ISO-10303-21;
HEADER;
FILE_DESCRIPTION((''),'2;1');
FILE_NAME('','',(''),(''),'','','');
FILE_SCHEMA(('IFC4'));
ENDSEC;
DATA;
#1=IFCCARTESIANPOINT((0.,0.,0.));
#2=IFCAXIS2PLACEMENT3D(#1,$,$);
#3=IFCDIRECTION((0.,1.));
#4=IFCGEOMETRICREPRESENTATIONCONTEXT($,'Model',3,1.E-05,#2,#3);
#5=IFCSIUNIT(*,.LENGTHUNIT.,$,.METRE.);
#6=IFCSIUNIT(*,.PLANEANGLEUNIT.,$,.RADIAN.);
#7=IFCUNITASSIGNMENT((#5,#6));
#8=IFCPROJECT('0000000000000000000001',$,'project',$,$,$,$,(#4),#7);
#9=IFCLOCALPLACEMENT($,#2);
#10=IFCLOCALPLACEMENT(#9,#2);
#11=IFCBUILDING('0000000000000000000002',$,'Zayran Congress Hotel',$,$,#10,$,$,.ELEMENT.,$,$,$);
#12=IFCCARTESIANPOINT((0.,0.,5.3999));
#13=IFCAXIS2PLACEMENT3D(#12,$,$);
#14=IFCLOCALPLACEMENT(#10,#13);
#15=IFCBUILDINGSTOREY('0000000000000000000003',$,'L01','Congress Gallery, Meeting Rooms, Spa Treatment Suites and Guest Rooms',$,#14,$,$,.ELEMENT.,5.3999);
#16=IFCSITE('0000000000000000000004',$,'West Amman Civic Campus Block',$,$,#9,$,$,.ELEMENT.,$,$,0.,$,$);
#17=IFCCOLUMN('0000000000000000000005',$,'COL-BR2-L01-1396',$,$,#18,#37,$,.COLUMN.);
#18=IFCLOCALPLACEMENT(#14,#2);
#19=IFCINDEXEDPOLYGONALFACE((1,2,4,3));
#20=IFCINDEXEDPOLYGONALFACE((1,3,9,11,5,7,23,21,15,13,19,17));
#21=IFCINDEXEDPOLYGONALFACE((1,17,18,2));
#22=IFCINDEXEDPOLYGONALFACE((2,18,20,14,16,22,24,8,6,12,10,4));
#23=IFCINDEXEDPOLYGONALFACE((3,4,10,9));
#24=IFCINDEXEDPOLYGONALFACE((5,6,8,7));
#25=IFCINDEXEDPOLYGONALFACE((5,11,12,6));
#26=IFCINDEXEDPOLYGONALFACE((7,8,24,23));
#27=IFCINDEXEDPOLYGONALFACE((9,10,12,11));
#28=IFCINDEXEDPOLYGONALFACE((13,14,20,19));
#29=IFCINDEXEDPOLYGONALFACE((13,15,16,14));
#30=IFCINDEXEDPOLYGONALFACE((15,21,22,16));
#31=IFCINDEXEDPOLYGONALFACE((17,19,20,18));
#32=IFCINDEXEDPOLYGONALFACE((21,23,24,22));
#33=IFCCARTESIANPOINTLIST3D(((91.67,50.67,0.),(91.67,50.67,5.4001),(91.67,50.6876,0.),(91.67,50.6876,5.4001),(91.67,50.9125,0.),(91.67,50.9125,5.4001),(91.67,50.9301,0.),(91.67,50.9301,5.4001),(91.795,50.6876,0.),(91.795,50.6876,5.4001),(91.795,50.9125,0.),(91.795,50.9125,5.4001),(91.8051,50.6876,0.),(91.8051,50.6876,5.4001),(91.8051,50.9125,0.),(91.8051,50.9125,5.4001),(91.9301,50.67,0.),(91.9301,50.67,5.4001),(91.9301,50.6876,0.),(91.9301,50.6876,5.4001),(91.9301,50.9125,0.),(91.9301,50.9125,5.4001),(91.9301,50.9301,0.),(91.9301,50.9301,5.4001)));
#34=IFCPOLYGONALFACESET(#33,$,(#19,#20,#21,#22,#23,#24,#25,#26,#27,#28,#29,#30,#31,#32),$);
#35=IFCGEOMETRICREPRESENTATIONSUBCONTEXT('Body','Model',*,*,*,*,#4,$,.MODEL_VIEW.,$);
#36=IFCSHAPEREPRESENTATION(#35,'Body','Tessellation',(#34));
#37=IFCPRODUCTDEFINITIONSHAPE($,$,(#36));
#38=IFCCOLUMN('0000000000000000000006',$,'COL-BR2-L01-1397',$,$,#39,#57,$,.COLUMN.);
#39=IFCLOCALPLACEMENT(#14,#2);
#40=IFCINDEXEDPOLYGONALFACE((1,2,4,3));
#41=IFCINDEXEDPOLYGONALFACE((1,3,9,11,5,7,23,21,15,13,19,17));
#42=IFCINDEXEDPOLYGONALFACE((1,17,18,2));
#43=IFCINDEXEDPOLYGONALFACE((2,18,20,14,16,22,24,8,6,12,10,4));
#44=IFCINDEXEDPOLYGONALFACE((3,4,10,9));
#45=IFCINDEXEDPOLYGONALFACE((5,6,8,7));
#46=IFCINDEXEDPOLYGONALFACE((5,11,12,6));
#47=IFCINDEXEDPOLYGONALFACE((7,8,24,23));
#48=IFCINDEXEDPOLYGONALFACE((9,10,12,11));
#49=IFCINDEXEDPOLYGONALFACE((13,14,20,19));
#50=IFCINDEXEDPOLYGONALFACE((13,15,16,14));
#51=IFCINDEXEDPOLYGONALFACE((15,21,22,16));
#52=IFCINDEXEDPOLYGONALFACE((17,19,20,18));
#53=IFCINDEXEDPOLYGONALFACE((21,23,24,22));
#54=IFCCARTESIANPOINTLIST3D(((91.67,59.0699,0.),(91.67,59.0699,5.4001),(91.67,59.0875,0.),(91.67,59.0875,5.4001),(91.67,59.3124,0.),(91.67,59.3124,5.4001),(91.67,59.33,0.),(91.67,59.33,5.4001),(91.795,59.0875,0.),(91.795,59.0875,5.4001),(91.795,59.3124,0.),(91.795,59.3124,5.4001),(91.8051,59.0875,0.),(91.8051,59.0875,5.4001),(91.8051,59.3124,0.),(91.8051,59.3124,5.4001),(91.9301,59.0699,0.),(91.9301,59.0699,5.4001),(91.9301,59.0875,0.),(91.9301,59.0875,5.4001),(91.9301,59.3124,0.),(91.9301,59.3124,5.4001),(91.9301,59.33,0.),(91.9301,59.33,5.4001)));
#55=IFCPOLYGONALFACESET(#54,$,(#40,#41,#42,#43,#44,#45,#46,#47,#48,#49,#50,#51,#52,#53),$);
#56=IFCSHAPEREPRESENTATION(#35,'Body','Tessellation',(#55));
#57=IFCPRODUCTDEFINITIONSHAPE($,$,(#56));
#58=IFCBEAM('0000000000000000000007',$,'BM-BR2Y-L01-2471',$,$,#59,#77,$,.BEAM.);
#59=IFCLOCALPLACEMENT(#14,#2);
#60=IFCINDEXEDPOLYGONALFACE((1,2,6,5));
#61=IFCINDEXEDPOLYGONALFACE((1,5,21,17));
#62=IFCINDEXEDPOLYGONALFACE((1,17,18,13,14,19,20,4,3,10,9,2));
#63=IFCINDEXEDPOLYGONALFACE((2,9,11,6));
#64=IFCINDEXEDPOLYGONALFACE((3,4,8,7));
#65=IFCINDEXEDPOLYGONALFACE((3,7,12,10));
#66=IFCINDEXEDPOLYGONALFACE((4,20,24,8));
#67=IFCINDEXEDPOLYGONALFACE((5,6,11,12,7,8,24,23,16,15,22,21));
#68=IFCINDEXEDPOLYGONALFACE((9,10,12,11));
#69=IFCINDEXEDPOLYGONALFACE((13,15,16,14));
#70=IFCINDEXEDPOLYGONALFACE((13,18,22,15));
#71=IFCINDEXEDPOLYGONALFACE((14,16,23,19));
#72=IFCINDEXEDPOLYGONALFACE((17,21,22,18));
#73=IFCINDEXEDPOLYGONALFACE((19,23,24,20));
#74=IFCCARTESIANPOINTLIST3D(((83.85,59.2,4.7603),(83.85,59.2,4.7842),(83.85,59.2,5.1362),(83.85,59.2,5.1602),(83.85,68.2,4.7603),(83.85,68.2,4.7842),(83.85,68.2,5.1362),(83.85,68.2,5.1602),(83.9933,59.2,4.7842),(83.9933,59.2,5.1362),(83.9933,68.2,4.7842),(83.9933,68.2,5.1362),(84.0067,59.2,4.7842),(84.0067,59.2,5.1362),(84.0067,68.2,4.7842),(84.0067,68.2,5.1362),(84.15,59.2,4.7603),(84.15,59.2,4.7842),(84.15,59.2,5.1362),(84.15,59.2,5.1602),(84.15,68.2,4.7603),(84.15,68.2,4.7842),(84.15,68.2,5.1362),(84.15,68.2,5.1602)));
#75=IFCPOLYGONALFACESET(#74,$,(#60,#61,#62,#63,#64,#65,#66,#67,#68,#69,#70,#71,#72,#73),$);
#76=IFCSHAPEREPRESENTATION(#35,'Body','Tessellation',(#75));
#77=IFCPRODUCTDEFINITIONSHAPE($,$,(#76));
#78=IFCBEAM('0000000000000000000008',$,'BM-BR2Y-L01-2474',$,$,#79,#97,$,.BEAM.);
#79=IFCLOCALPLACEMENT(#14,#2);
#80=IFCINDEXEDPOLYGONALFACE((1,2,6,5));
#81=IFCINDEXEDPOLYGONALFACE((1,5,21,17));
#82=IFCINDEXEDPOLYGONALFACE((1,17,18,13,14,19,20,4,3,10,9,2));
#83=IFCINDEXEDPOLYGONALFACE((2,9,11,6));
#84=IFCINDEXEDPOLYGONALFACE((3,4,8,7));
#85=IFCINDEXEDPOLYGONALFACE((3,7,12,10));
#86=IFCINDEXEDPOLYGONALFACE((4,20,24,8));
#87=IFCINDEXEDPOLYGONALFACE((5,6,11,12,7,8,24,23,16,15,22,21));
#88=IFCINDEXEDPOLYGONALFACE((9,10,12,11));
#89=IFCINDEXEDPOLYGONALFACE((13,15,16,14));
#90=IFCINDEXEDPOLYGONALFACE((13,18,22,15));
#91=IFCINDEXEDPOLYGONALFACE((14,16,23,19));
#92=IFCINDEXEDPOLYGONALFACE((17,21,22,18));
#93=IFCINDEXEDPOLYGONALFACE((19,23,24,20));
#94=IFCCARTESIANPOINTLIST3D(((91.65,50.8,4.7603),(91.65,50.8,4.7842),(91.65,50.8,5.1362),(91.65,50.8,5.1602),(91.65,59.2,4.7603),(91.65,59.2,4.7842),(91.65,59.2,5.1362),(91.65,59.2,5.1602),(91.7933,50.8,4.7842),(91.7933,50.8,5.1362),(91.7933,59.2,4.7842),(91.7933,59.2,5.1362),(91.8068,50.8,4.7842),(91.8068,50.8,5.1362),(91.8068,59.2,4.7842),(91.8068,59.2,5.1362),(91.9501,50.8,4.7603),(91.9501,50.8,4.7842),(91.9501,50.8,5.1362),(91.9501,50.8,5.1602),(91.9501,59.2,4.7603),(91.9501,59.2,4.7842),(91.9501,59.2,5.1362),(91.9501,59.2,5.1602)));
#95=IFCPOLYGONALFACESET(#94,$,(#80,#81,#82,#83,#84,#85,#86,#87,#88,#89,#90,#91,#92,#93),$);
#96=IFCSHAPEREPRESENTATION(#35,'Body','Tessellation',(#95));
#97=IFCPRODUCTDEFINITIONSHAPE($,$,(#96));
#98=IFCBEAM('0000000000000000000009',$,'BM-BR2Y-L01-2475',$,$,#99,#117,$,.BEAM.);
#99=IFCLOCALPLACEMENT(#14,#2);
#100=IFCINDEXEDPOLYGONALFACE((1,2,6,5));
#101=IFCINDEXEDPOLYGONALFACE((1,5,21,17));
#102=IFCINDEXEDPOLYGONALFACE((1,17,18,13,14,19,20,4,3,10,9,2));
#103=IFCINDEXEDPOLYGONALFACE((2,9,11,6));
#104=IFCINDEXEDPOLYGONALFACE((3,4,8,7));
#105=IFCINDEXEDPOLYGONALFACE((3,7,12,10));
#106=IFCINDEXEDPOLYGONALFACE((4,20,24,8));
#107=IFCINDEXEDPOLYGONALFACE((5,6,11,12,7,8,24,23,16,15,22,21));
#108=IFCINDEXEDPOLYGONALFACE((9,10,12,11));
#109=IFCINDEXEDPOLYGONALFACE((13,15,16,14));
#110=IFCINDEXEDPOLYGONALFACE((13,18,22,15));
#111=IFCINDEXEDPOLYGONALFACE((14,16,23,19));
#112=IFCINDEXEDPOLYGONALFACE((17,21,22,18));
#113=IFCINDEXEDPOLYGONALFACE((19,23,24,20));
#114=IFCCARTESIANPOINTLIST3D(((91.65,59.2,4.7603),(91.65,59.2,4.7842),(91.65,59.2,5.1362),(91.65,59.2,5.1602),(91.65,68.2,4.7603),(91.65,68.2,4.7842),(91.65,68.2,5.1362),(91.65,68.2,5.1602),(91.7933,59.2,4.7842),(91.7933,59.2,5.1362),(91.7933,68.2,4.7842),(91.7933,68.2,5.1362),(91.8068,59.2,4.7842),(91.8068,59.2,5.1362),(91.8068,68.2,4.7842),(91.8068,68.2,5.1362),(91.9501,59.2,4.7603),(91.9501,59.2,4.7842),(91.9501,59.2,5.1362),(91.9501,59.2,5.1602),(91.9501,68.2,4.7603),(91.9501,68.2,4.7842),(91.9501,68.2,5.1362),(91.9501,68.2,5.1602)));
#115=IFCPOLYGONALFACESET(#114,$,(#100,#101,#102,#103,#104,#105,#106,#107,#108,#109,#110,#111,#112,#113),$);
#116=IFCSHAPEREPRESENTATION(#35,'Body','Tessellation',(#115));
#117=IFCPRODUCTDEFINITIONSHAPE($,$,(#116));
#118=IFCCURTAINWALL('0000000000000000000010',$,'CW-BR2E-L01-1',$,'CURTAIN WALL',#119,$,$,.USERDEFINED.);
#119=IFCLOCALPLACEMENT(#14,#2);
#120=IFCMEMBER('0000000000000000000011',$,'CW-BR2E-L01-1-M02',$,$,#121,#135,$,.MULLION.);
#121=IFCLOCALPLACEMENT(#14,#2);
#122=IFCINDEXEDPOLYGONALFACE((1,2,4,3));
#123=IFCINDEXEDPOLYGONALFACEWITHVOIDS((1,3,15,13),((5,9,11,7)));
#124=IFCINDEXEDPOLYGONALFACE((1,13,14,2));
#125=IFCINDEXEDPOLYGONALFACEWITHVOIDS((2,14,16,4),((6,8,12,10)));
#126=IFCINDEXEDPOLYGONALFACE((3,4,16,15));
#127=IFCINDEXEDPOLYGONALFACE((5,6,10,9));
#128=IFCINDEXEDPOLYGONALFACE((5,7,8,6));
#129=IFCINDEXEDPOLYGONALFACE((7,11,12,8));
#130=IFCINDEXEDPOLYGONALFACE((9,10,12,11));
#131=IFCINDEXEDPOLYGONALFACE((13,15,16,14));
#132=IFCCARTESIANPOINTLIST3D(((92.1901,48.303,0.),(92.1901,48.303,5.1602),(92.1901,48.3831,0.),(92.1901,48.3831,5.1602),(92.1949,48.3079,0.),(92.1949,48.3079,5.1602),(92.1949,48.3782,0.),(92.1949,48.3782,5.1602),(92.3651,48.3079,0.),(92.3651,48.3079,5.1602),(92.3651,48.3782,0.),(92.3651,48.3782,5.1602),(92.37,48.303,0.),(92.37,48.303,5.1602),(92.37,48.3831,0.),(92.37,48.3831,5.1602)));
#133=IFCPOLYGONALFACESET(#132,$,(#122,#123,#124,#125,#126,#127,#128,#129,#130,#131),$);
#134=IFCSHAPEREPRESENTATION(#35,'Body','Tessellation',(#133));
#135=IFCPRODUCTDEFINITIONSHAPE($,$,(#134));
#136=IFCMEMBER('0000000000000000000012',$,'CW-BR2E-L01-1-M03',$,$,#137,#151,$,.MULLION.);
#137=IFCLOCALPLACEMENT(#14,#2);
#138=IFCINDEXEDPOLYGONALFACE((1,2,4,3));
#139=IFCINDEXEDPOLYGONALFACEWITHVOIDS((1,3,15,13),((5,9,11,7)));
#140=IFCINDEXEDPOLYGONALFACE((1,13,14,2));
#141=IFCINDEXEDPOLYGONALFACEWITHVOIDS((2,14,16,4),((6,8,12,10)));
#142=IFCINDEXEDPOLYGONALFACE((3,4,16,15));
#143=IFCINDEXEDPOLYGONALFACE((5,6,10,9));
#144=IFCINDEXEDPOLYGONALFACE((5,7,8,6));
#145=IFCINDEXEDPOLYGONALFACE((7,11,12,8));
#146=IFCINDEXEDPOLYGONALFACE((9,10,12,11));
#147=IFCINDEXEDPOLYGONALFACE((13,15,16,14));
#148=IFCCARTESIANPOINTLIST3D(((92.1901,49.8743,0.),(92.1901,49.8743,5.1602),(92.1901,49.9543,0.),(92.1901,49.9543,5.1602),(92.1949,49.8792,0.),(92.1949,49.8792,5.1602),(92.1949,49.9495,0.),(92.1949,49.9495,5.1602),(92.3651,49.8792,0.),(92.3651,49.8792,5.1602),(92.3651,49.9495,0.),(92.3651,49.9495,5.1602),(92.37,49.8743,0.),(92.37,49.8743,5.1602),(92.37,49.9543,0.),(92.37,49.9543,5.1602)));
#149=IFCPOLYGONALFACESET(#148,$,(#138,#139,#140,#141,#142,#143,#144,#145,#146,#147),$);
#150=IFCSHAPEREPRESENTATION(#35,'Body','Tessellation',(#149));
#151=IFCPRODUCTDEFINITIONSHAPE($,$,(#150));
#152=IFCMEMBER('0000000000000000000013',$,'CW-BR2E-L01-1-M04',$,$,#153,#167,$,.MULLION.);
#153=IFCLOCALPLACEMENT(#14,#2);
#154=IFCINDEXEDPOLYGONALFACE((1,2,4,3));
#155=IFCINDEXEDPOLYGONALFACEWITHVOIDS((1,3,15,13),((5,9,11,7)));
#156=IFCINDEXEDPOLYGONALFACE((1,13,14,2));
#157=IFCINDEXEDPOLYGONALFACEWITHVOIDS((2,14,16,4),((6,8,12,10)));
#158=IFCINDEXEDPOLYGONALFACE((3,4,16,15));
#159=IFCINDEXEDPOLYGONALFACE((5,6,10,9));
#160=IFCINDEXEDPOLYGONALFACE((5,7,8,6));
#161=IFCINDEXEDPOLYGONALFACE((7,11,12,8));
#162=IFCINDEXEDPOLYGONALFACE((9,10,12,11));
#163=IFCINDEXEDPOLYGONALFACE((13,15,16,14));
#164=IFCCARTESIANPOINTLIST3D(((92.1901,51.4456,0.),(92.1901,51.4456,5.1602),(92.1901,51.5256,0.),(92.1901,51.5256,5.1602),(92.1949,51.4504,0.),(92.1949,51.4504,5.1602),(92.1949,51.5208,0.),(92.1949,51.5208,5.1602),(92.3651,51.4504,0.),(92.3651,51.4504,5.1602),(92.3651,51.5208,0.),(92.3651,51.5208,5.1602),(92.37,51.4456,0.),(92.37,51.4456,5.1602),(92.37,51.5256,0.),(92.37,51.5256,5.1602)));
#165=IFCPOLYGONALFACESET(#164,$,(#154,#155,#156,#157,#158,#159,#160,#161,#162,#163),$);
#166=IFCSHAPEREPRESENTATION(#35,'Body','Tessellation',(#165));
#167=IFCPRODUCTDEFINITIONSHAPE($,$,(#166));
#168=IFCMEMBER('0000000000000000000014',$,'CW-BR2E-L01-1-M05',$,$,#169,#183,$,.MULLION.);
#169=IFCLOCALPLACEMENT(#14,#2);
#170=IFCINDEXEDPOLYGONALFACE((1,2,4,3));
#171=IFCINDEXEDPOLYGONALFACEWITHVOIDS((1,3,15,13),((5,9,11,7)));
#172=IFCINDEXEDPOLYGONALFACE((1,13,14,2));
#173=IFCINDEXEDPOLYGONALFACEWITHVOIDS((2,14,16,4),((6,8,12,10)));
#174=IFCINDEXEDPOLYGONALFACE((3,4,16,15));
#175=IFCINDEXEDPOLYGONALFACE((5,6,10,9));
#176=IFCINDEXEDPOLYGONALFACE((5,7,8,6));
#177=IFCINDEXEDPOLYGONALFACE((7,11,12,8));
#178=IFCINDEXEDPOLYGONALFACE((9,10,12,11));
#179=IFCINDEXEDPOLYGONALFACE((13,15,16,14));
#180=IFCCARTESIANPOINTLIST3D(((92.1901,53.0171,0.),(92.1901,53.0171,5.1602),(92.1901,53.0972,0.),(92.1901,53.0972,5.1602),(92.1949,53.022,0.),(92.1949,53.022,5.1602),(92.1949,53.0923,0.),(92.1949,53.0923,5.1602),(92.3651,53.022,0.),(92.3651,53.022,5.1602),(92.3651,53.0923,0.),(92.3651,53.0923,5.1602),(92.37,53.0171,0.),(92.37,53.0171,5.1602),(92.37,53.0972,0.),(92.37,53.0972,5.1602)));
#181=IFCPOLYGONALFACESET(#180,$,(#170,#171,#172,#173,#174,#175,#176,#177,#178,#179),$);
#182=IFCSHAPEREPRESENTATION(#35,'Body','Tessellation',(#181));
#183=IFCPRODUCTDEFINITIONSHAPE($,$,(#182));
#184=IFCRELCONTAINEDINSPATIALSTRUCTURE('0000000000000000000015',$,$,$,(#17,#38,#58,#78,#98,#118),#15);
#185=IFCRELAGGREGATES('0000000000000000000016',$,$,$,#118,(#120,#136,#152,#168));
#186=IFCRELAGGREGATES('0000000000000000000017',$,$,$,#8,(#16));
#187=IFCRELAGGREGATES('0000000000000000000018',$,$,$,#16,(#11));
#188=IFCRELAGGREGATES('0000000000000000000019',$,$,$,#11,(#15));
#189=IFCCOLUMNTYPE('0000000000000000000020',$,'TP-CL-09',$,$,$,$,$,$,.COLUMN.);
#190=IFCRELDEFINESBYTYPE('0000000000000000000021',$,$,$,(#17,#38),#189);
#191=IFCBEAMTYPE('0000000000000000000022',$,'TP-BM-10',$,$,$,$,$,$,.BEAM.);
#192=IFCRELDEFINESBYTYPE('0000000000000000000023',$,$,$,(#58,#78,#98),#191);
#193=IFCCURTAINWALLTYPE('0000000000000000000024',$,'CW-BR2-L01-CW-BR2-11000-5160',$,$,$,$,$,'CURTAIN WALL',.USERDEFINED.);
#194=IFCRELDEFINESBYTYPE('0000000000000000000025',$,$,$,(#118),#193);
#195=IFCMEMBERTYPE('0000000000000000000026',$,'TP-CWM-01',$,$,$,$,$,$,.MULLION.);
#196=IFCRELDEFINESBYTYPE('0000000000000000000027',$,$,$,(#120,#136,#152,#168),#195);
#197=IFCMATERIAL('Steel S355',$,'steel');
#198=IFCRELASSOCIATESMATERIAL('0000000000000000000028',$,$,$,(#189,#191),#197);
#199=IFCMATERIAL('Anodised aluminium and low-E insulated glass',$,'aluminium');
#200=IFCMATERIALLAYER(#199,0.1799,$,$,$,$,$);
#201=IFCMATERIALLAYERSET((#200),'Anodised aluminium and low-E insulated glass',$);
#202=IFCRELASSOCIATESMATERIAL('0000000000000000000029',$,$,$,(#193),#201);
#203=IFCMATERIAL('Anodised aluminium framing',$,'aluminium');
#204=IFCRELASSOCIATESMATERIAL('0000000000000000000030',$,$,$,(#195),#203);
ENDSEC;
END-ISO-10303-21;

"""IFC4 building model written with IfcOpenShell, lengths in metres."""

from ifc_helpers import new_model, si_unit, direction, frame, origin, origin_2d, place, context, subcontext, project, spatial, hollow_rectangle, i_section, extrude, material, layer, layer_set, material_profile, profile_set, type_object, element, aggregate, save


model = new_model("IFC4")

# Units and contexts
model_context = context("Model", 3, precision=1e-05, world=origin(), true_north=direction((0.0, 1.0)))
body_context = subcontext(model_context, "Body", "Model", "MODEL_VIEW")
ifc_project = project(units=[si_unit("LENGTHUNIT", "METRE"), si_unit("PLANEANGLEUNIT", "RADIAN")], contexts=[model_context])

# Site, building, storey
site_placement = place(None, origin())
site = spatial("IfcSite", under=ifc_project, at=site_placement, Name="West Amman Civic Campus Block", CompositionType="ELEMENT", RefElevation=0.0)
building_placement = place(site_placement, origin())
building = spatial("IfcBuilding", under=site, at=building_placement, Name="Zayran Congress Hotel", CompositionType="ELEMENT")
storey_placement = place(building_placement, frame((0.0, 0.0, 5.3999)))
storey = spatial("IfcBuildingStorey", under=building, at=storey_placement, Name="L01", Description="Congress Gallery, Meeting Rooms, Spa Treatment Suites and Guest Rooms", CompositionType="ELEMENT", Elevation=5.3999)

# Columns
ifc_material_1 = material(Name="Steel S355", Category="steel")
ifc_material_profile_1 = material_profile(ifc_material_1, i_section(OverallWidth=0.26, OverallDepth=0.26, WebThickness=0.01, FlangeThickness=0.0176, at=origin_2d()), Name="HEB 260")
ifc_profile_set_1 = profile_set([ifc_material_profile_1], Name="Steel S355")
column_type = type_object("IfcColumnType", Name="TP-CL-09", PredefinedType="COLUMN", material=ifc_profile_set_1)
for number, where, z_axis, x_axis, name in (
    (1, (91.8, 50.8, 0.0), (0.0, 0.0, 1.0), (1.0, 0.0, 0.0), "COL-BR2-L01-1396"),
    (2, (91.8, 59.2, 0.0), (0.0, 0.0, 1.0), (1.0, 0.0, 0.0), "COL-BR2-L01-1397"),
):
    element("IfcColumn", number, at=place(storey_placement, frame(where, z_axis=z_axis, x_axis=x_axis)), inside=storey, type_object=column_type, Name=name, PredefinedType="COLUMN", context=body_context, shape_type="SweptSolid", body=[
        extrude(i_section(OverallWidth=0.26, OverallDepth=0.26, WebThickness=0.01, FlangeThickness=0.0176, at=origin_2d()), origin(), (0.0, 0.0, 1.0), 5.4001),
    ])

# Beams
ifc_material_profile_2 = material_profile(ifc_material_1, i_section(OverallWidth=0.3, OverallDepth=0.3999, WebThickness=0.0134, FlangeThickness=0.0239, at=origin_2d()), Name="HEB 400")
ifc_profile_set_2 = profile_set([ifc_material_profile_2], Name="Steel S355")
beam_type = type_object("IfcBeamType", Name="TP-BM-10", PredefinedType="BEAM", material=ifc_profile_set_2)
beam_1_placement = place(storey_placement, frame((84.0, 59.2, 4.9602), z_axis=(0.0, 1.0, 0.0), x_axis=(-1.0, 0.0, 0.0)))
element("IfcBeam", 3, at=beam_1_placement, inside=storey, type_object=beam_type, Name="BM-BR2Y-L01-2471", PredefinedType="BEAM", context=body_context, shape_type="SweptSolid", body=[
    extrude(i_section(OverallWidth=0.3, OverallDepth=0.3999, WebThickness=0.0134, FlangeThickness=0.0239, at=origin_2d()), origin(), (0.0, 0.0, 1.0), 9.0),
])
beam_2_placement = place(storey_placement, frame((91.8, 50.8, 4.9602), z_axis=(0.0, 1.0, 0.0), x_axis=(-1.0, 0.0, 0.0)))
element("IfcBeam", 4, at=beam_2_placement, inside=storey, type_object=beam_type, Name="BM-BR2Y-L01-2474", PredefinedType="BEAM", context=body_context, shape_type="SweptSolid", body=[
    extrude(i_section(OverallWidth=0.3, OverallDepth=0.3999, WebThickness=0.0134, FlangeThickness=0.0239, at=origin_2d()), origin(), (0.0, 0.0, 1.0), 8.3999),
])
beam_3_placement = place(storey_placement, frame((91.8, 59.2, 4.9602), z_axis=(0.0, 1.0, 0.0), x_axis=(-1.0, 0.0, 0.0)))
element("IfcBeam", 5, at=beam_3_placement, inside=storey, type_object=beam_type, Name="BM-BR2Y-L01-2475", PredefinedType="BEAM", context=body_context, shape_type="SweptSolid", body=[
    extrude(i_section(OverallWidth=0.3, OverallDepth=0.3999, WebThickness=0.0134, FlangeThickness=0.0239, at=origin_2d()), origin(), (0.0, 0.0, 1.0), 9.0),
])

# Curtain wall, members
ifc_material_2 = material(Name="Anodised aluminium and low-E insulated glass", Category="aluminium")
ifc_layer_1 = layer(ifc_material_2, 0.1799)
ifc_layer_set_1 = layer_set([ifc_layer_1], Name="Anodised aluminium and low-E insulated glass")
curtain_wall_type = type_object("IfcCurtainWallType", Name="CW-BR2-L01-CW-BR2-11000-5160", ElementType="CURTAIN WALL", PredefinedType="USERDEFINED", material=ifc_layer_set_1)
curtain_wall_placement = place(storey_placement, origin())
curtain_wall = element("IfcCurtainWall", 6, at=curtain_wall_placement, inside=storey, type_object=curtain_wall_type, Name="CW-BR2E-L01-1", ObjectType="CURTAIN WALL", PredefinedType="USERDEFINED")
ifc_material_3 = material(Name="Anodised aluminium framing", Category="aluminium")
ifc_material_profile_3 = material_profile(ifc_material_3, hollow_rectangle(XDim=0.0801, YDim=0.1799, WallThickness=0.0049, at=origin_2d()), Name="RHS 180x80x5")
ifc_profile_set_3 = profile_set([ifc_material_profile_3], Name="Anodised aluminium framing")
member_type_1 = type_object("IfcMemberType", Name="TP-CWM-01", PredefinedType="MULLION", material=ifc_profile_set_3)
member_1_placement = place(storey_placement, frame((92.28, 48.343, 0.0), z_axis=(0.0, 0.0, 1.0), x_axis=(0.0, 1.0, 0.0)))
member_1 = element("IfcMember", 7, at=member_1_placement, type_object=member_type_1, Name="CW-BR2E-L01-1-M02", PredefinedType="MULLION", context=body_context, shape_type="SweptSolid", body=[
    extrude(hollow_rectangle(XDim=0.0801, YDim=0.1799, WallThickness=0.0049, at=origin_2d()), origin(), (0.0, 0.0, 1.0), 5.1602),
])
member_2_placement = place(storey_placement, frame((92.28, 49.9143, 0.0), z_axis=(0.0, 0.0, 1.0), x_axis=(0.0, 1.0, 0.0)))
member_2 = element("IfcMember", 8, at=member_2_placement, type_object=member_type_1, Name="CW-BR2E-L01-1-M03", PredefinedType="MULLION", context=body_context, shape_type="SweptSolid", body=[
    extrude(hollow_rectangle(XDim=0.0801, YDim=0.1799, WallThickness=0.0049, at=origin_2d()), origin(), (0.0, 0.0, 1.0), 5.1602),
])
member_3_placement = place(storey_placement, frame((92.28, 51.4856, 0.0), z_axis=(0.0, 0.0, 1.0), x_axis=(0.0, 1.0, 0.0)))
member_3 = element("IfcMember", 9, at=member_3_placement, type_object=member_type_1, Name="CW-BR2E-L01-1-M04", PredefinedType="MULLION", context=body_context, shape_type="SweptSolid", body=[
    extrude(hollow_rectangle(XDim=0.0801, YDim=0.1799, WallThickness=0.0049, at=origin_2d()), origin(), (0.0, 0.0, 1.0), 5.1602),
])
member_4_placement = place(storey_placement, frame((92.28, 53.0571, 0.0), z_axis=(0.0, 0.0, 1.0), x_axis=(0.0, 1.0, 0.0)))
member_4 = element("IfcMember", 10, at=member_4_placement, type_object=member_type_1, Name="CW-BR2E-L01-1-M05", PredefinedType="MULLION", context=body_context, shape_type="SweptSolid", body=[
    extrude(hollow_rectangle(XDim=0.0801, YDim=0.1799, WallThickness=0.0049, at=origin_2d()), origin(), (0.0, 0.0, 1.0), 5.1602),
])
aggregate(curtain_wall, [member_1, member_2, member_3, member_4])

save(model, "model.ifc")
